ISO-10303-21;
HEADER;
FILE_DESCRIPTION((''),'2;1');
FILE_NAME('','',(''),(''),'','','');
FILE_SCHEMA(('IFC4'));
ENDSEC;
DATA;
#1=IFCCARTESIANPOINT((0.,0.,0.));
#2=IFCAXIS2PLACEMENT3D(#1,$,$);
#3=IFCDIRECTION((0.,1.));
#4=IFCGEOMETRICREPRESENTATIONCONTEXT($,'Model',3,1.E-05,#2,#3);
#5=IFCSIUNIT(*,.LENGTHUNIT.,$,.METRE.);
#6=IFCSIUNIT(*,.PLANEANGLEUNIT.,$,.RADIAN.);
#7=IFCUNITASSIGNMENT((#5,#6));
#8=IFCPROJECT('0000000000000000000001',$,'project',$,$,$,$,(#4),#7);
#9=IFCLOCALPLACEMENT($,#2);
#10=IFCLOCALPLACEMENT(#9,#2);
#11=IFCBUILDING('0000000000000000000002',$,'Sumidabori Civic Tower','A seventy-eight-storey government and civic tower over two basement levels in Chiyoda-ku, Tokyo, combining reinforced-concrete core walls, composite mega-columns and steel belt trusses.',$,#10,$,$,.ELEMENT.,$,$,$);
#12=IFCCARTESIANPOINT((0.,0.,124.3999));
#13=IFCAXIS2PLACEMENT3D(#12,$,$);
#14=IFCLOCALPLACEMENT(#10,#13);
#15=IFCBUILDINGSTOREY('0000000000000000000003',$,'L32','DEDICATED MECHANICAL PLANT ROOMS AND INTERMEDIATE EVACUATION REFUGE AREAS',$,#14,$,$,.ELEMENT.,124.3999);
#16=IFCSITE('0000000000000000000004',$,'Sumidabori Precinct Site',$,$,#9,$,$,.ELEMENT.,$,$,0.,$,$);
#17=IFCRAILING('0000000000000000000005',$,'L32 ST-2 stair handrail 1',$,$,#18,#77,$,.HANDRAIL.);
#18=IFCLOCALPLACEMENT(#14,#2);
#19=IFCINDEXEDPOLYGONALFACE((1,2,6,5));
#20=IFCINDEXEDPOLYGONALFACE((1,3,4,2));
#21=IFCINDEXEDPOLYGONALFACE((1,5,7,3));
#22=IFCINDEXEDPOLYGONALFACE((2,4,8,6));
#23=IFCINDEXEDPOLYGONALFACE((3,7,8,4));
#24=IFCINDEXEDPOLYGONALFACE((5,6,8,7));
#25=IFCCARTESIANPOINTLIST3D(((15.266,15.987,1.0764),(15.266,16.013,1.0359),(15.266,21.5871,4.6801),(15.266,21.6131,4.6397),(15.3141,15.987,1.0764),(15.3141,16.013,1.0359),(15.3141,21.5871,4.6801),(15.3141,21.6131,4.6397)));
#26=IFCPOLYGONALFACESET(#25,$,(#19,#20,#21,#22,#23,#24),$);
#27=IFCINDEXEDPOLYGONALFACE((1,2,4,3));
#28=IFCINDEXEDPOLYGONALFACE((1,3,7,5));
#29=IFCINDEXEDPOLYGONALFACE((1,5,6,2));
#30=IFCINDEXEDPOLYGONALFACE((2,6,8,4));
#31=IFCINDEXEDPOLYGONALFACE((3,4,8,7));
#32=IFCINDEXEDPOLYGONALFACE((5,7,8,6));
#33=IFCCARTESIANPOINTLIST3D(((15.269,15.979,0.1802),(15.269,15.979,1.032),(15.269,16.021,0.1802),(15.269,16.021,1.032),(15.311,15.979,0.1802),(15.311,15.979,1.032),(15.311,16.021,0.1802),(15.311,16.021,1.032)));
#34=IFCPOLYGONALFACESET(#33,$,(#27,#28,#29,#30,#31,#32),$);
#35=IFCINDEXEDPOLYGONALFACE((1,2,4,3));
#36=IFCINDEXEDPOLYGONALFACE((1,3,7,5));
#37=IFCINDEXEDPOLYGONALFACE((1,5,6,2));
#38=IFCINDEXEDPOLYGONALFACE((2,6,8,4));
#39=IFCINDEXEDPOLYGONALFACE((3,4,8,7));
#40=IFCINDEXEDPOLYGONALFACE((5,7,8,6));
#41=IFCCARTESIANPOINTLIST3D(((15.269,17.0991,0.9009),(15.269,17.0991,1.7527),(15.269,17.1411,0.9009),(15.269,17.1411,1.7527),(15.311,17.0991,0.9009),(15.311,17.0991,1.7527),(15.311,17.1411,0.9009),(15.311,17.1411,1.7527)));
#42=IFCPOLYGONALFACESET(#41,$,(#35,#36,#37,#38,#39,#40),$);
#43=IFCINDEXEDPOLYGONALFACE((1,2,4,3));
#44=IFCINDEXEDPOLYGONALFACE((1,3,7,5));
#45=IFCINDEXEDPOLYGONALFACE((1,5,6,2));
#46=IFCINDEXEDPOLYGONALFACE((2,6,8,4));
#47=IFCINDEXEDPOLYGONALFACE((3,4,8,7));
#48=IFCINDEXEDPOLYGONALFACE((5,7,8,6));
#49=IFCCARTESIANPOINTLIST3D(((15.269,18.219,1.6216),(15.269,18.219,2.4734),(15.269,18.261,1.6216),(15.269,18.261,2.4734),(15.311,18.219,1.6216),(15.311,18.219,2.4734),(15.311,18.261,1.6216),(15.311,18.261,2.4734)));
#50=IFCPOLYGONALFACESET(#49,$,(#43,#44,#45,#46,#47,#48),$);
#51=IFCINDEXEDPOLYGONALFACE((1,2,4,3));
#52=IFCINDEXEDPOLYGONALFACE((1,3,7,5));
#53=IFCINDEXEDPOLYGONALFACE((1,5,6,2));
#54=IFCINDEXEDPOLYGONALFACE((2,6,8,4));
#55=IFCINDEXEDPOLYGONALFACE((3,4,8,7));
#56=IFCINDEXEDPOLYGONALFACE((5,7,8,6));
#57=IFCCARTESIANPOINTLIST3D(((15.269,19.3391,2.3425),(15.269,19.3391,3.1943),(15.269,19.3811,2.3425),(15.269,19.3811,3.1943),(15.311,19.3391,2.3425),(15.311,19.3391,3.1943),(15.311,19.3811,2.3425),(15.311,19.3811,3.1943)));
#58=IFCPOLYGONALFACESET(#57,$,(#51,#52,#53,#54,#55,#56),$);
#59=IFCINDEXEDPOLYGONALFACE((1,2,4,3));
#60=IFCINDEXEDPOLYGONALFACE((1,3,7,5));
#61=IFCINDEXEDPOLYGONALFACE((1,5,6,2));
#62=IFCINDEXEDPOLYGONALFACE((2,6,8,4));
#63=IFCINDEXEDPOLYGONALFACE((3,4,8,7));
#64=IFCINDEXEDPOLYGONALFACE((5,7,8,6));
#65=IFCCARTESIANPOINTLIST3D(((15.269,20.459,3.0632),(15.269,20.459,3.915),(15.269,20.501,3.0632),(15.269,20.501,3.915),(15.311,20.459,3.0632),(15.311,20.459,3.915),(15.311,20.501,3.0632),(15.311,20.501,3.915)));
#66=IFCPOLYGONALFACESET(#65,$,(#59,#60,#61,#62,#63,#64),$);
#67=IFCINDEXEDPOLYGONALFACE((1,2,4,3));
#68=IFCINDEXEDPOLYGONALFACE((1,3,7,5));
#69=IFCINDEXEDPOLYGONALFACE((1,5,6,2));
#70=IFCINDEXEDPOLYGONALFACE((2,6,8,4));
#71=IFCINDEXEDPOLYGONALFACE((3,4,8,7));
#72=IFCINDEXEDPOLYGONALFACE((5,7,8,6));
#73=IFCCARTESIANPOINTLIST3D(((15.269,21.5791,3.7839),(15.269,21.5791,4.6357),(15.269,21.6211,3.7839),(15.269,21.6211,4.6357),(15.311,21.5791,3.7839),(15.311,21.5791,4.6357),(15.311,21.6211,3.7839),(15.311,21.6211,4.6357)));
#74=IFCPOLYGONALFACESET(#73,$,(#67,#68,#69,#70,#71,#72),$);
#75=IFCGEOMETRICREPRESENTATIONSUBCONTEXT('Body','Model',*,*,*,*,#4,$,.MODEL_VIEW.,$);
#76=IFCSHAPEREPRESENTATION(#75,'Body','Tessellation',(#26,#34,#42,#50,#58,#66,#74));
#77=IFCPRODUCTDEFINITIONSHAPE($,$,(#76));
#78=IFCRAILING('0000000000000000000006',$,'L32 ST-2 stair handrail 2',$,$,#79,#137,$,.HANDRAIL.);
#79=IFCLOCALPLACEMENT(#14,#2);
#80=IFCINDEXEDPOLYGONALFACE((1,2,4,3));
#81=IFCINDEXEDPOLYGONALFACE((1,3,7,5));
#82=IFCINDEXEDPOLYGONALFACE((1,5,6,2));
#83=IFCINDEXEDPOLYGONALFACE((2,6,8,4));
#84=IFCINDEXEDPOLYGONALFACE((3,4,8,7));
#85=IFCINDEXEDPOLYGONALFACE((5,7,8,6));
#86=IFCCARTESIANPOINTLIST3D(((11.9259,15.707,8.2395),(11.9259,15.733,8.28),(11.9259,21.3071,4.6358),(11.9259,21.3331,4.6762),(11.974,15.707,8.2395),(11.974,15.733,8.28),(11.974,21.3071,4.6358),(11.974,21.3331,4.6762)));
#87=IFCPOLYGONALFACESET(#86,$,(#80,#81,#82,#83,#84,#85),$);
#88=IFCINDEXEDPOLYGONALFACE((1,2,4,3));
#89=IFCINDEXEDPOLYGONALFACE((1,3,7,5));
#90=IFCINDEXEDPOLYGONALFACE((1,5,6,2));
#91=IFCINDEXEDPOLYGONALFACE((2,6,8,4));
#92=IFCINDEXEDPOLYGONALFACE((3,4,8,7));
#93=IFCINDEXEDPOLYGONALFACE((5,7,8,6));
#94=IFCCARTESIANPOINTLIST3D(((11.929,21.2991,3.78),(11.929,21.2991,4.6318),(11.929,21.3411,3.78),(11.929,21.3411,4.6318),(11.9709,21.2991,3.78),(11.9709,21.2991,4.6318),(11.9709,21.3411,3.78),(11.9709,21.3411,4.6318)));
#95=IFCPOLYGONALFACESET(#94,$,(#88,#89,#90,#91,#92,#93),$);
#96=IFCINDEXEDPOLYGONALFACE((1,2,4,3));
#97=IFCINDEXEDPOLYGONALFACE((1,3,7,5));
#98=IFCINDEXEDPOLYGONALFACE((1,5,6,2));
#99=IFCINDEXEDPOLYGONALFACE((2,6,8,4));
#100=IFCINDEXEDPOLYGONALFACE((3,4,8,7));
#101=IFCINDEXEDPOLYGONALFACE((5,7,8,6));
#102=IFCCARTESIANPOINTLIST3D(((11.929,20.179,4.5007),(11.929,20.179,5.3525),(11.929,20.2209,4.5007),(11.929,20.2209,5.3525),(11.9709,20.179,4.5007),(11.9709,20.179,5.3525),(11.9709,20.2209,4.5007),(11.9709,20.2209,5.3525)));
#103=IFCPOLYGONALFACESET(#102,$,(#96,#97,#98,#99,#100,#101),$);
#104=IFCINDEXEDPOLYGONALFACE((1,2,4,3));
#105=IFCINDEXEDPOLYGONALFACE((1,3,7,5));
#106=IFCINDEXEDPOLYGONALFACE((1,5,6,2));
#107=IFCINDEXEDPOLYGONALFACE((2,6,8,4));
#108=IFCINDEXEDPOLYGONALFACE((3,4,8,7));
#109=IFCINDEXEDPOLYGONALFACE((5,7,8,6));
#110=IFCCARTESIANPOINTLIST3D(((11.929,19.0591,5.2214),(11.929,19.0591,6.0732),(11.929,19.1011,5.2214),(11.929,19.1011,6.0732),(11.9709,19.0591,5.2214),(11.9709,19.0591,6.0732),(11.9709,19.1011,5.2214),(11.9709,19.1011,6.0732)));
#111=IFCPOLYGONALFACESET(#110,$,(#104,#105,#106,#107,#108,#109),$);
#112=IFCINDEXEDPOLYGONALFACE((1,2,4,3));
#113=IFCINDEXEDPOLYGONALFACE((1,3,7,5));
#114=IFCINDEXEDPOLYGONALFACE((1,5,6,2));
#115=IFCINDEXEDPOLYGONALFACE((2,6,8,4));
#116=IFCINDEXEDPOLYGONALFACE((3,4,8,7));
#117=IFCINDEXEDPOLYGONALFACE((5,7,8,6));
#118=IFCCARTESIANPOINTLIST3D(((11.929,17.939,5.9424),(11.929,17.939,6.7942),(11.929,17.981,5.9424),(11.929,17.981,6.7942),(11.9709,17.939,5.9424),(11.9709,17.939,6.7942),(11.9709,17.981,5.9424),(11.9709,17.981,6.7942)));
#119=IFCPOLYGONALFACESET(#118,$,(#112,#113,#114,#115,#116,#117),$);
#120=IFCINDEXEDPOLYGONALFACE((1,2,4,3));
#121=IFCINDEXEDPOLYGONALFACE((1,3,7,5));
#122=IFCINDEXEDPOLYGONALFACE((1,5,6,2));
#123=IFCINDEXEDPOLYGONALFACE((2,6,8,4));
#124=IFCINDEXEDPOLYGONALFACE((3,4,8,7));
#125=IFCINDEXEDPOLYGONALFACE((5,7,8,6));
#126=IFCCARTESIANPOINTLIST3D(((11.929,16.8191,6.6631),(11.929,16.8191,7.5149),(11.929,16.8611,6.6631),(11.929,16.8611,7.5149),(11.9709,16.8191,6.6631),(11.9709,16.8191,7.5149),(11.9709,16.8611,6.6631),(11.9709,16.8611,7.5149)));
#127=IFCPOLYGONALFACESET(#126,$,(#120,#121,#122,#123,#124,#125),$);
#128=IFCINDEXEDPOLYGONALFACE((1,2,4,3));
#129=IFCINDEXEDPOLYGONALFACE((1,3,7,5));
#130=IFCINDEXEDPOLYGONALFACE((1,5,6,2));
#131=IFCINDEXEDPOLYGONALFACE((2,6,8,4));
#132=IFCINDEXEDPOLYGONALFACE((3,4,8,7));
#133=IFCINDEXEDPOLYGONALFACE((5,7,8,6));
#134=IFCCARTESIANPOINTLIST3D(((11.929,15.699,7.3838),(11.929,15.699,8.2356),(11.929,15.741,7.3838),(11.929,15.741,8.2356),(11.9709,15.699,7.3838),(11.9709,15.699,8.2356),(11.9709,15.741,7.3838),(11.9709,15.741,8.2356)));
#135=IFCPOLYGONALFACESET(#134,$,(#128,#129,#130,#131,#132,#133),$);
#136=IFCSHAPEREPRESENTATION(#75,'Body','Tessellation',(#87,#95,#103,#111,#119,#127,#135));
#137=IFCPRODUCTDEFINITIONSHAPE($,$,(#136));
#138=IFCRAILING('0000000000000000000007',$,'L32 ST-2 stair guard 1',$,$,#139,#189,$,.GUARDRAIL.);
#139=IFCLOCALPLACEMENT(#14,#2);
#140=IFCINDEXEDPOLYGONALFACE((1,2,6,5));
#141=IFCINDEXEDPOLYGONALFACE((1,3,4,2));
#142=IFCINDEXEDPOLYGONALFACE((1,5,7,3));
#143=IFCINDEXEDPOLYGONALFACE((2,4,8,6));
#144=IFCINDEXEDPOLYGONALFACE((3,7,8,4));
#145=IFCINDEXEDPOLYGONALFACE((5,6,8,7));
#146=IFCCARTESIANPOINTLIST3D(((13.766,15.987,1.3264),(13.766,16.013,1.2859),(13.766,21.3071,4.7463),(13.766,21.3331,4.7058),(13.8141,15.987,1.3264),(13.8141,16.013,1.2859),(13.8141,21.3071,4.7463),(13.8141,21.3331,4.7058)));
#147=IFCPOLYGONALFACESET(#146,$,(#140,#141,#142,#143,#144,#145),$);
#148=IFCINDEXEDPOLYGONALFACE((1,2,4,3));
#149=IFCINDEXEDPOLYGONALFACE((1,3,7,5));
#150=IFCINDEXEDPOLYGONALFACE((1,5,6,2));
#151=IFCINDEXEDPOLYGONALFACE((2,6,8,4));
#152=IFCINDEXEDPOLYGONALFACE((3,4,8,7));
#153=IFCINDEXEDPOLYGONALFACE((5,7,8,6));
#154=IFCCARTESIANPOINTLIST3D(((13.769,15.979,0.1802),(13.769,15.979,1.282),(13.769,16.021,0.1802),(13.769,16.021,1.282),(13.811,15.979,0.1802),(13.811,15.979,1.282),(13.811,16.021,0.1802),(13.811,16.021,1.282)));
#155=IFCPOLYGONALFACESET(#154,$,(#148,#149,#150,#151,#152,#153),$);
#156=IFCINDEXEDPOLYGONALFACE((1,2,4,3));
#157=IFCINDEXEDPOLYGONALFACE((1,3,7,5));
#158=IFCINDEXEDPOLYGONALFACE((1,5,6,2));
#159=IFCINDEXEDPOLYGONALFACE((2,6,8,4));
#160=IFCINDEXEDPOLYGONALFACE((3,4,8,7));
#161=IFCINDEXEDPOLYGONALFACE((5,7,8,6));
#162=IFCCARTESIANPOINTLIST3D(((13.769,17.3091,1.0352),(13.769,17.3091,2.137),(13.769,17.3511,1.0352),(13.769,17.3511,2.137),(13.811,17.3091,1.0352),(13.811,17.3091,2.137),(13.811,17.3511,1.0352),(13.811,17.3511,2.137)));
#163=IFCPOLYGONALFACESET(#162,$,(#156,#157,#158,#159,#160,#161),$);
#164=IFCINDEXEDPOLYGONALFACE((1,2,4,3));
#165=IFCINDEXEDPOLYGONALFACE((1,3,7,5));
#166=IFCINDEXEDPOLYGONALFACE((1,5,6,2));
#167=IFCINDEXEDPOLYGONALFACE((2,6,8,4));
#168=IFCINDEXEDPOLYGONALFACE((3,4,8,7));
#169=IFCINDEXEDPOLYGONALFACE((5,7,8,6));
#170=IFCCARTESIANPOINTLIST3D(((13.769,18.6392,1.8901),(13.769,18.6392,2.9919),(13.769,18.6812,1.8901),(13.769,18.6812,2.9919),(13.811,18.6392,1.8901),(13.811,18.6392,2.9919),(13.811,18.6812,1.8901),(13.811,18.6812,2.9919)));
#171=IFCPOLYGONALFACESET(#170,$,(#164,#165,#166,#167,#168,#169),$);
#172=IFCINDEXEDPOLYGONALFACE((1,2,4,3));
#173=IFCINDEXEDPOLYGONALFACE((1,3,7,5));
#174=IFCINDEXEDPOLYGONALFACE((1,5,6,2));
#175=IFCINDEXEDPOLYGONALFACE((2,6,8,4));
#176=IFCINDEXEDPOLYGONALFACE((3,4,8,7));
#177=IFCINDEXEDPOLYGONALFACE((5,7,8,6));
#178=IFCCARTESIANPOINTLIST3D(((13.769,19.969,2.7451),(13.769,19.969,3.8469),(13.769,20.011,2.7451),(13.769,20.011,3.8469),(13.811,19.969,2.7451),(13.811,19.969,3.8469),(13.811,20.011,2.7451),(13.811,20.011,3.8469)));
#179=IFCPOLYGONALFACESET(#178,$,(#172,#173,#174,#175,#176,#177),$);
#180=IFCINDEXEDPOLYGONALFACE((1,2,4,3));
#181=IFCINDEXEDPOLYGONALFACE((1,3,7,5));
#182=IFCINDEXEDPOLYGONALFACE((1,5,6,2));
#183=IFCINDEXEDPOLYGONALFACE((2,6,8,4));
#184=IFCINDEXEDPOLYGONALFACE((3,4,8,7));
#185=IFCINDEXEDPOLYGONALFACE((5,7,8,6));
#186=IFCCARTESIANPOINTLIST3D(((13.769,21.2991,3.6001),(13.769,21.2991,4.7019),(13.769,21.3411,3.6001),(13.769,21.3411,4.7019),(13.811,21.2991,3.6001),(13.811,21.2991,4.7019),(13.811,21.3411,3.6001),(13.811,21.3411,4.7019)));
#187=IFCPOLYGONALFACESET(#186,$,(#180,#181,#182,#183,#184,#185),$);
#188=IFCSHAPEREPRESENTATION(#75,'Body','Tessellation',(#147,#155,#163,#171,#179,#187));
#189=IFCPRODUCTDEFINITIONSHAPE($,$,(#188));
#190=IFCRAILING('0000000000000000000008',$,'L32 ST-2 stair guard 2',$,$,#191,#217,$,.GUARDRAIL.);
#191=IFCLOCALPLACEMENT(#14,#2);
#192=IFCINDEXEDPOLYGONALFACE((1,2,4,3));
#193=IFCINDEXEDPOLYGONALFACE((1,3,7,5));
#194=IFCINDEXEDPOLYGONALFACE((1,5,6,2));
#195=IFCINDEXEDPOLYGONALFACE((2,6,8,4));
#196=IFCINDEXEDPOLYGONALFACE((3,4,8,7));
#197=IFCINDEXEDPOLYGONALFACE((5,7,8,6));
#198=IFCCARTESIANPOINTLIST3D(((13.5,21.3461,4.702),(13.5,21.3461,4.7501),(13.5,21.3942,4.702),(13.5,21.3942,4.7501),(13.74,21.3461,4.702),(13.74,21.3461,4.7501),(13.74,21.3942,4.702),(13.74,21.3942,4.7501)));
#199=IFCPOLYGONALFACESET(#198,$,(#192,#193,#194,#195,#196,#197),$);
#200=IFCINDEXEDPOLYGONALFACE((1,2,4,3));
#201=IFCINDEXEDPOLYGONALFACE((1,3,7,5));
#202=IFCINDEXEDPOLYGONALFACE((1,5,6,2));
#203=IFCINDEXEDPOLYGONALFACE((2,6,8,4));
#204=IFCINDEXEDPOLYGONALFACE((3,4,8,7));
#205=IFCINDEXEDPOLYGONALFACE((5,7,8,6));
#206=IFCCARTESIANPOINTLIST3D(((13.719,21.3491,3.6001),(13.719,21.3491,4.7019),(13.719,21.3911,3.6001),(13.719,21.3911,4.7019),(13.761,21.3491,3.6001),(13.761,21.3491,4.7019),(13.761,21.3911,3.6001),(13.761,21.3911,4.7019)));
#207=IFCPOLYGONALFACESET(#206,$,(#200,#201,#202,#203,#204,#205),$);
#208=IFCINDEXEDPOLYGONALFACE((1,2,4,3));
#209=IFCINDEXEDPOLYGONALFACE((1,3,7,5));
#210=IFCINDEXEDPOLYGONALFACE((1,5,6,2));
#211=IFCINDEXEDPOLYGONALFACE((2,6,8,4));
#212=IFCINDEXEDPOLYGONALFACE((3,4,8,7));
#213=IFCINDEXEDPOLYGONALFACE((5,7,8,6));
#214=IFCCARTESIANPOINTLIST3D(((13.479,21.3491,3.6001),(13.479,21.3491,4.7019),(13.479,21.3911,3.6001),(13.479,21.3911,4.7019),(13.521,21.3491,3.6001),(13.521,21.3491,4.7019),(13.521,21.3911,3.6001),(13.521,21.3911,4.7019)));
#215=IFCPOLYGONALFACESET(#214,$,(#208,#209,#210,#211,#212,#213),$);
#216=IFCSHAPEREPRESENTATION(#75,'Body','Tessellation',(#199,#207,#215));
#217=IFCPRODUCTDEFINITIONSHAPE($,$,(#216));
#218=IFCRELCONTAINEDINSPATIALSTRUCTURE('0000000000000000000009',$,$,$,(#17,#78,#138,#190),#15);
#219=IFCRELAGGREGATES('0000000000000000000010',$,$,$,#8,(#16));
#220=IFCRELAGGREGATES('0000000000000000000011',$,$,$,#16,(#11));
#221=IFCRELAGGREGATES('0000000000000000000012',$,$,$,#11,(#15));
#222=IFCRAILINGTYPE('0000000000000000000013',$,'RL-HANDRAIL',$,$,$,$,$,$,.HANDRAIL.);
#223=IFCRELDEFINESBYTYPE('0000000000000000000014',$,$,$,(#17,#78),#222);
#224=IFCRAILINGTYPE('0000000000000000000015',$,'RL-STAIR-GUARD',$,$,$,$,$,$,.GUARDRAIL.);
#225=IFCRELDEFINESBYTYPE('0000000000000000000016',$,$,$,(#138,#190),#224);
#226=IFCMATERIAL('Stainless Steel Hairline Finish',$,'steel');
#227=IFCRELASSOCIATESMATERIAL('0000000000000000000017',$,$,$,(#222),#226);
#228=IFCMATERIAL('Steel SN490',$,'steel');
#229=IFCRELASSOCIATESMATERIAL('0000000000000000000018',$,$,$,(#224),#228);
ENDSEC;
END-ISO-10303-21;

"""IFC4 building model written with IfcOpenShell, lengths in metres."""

from ifc_helpers import new_model, si_unit, direction, frame, origin, origin_2d, place, context, subcontext, project, spatial, rectangle, extrude, material, type_object, element, save


model = new_model("IFC4")

# Units and contexts
model_context = context("Model", 3, precision=1e-05, world=origin(), true_north=direction((0.0, 1.0)))
body_context = subcontext(model_context, "Body", "Model", "MODEL_VIEW")
ifc_project = project(units=[si_unit("LENGTHUNIT", "METRE"), si_unit("PLANEANGLEUNIT", "RADIAN")], contexts=[model_context])

# Site, building, storey
site_placement = place(None, origin())
site = spatial("IfcSite", under=ifc_project, at=site_placement, Name="Sumidabori Precinct Site", CompositionType="ELEMENT", RefElevation=0.0)
building_placement = place(site_placement, origin())
building = spatial("IfcBuilding", under=site, at=building_placement, Name="Sumidabori Civic Tower", Description="A seventy-eight-storey government and civic tower over two basement levels in Chiyoda-ku, Tokyo, combining reinforced-concrete core walls, composite mega-columns and steel belt trusses.", CompositionType="ELEMENT")
storey_placement = place(building_placement, frame((0.0, 0.0, 124.3999)))
storey = spatial("IfcBuildingStorey", under=building, at=storey_placement, Name="L32", Description="DEDICATED MECHANICAL PLANT ROOMS AND INTERMEDIATE EVACUATION REFUGE AREAS", CompositionType="ELEMENT", Elevation=124.3999)

# Shared definitions
ifc_material_1 = material(Name="Steel SN490", Category="steel")

# Shared definitions
ifc_material_2 = material(Name="Stainless Steel Hairline Finish", Category="steel")

# Railings
railing_type_1 = type_object("IfcRailingType", Name="RL-HANDRAIL", PredefinedType="HANDRAIL", material=ifc_material_2)
railing_1_placement = place(storey_placement, frame((15.29, 16.0, 0.1802)))
element("IfcRailing", 1, at=railing_1_placement, inside=storey, type_object=railing_type_1, Name="L32 ST-2 stair handrail 1", PredefinedType="HANDRAIL", context=body_context, shape_type="SweptSolid", body=[
    extrude(rectangle(XDim=0.0481, YDim=0.0481, at=origin_2d()), frame((0.0, 0.0, 0.876), z_axis=(0.0, 0.840926, 0.54115), x_axis=(-1.0, 0.0, 0.0)), (0.0, 0.0, 1.0), 6.6594),
    extrude(rectangle(XDim=0.042, YDim=0.042, at=origin_2d()), origin(), (0.0, 0.0, 1.0), 0.8518),
    extrude(rectangle(XDim=0.042, YDim=0.042, at=origin_2d()), frame((0.0, 1.1201, 0.7207)), (0.0, 0.0, 1.0), 0.8518),
    extrude(rectangle(XDim=0.042, YDim=0.042, at=origin_2d()), frame((0.0, 2.24, 1.4414)), (0.0, 0.0, 1.0), 0.8518),
    extrude(rectangle(XDim=0.042, YDim=0.042, at=origin_2d()), frame((0.0, 3.3601, 2.1624)), (0.0, 0.0, 1.0), 0.8518),
    extrude(rectangle(XDim=0.042, YDim=0.042, at=origin_2d()), frame((0.0, 4.48, 2.8831)), (0.0, 0.0, 1.0), 0.8518),
    extrude(rectangle(XDim=0.042, YDim=0.042, at=origin_2d()), frame((0.0, 5.6001, 3.6038)), (0.0, 0.0, 1.0), 0.8518),
])
railing_2_placement = place(storey_placement, frame((11.95, 21.3201, 3.78)))
element("IfcRailing", 2, at=railing_2_placement, inside=storey, type_object=railing_type_1, Name="L32 ST-2 stair handrail 2", PredefinedType="HANDRAIL", context=body_context, shape_type="SweptSolid", body=[
    extrude(rectangle(XDim=0.0481, YDim=0.0481, at=origin_2d()), frame((0.0, 0.0, 0.876), z_axis=(0.0, -0.840926, 0.54115), x_axis=(1.0, 0.0, 0.0)), (0.0, 0.0, 1.0), 6.6594),
    extrude(rectangle(XDim=0.042, YDim=0.042, at=origin_2d()), origin(), (0.0, 0.0, 1.0), 0.8518),
    extrude(rectangle(XDim=0.042, YDim=0.042, at=origin_2d()), frame((0.0, -1.1201, 0.7207)), (0.0, 0.0, 1.0), 0.8518),
    extrude(rectangle(XDim=0.042, YDim=0.042, at=origin_2d()), frame((0.0, -2.24, 1.4414)), (0.0, 0.0, 1.0), 0.8518),
    extrude(rectangle(XDim=0.042, YDim=0.042, at=origin_2d()), frame((0.0, -3.3601, 2.1624)), (0.0, 0.0, 1.0), 0.8518),
    extrude(rectangle(XDim=0.042, YDim=0.042, at=origin_2d()), frame((0.0, -4.48, 2.8831)), (0.0, 0.0, 1.0), 0.8518),
    extrude(rectangle(XDim=0.042, YDim=0.042, at=origin_2d()), frame((0.0, -5.6001, 3.6038)), (0.0, 0.0, 1.0), 0.8518),
])
railing_type_2 = type_object("IfcRailingType", Name="RL-STAIR-GUARD", PredefinedType="GUARDRAIL", material=ifc_material_1)
railing_3_placement = place(storey_placement, frame((13.79, 16.0, 0.1802)))
element("IfcRailing", 3, at=railing_3_placement, inside=storey, type_object=railing_type_2, Name="L32 ST-2 stair guard 1", PredefinedType="GUARDRAIL", context=body_context, shape_type="SweptSolid", body=[
    extrude(rectangle(XDim=0.0481, YDim=0.0481, at=origin_2d()), frame((0.0, 0.0, 1.126), z_axis=(0.0, 0.841187, 0.540744), x_axis=(-1.0, 0.0, 0.0)), (0.0, 0.0, 1.0), 6.3245),
    extrude(rectangle(XDim=0.042, YDim=0.042, at=origin_2d()), origin(), (0.0, 0.0, 1.0), 1.1018),
    extrude(rectangle(XDim=0.042, YDim=0.042, at=origin_2d()), frame((0.0, 1.3301, 0.855)), (0.0, 0.0, 1.0), 1.1018),
    extrude(rectangle(XDim=0.042, YDim=0.042, at=origin_2d()), frame((0.0, 2.6602, 1.71)), (0.0, 0.0, 1.0), 1.1018),
    extrude(rectangle(XDim=0.042, YDim=0.042, at=origin_2d()), frame((0.0, 3.99, 2.5649)), (0.0, 0.0, 1.0), 1.1018),
    extrude(rectangle(XDim=0.042, YDim=0.042, at=origin_2d()), frame((0.0, 5.3201, 3.4199)), (0.0, 0.0, 1.0), 1.1018),
])
railing_4_placement = place(storey_placement, frame((13.74, 21.3701, 3.6001)))
element("IfcRailing", 4, at=railing_4_placement, inside=storey, type_object=railing_type_2, Name="L32 ST-2 stair guard 2", PredefinedType="GUARDRAIL", context=body_context, shape_type="SweptSolid", body=[
    extrude(rectangle(XDim=0.0481, YDim=0.0481, at=origin_2d()), frame((0.0, 0.0, 1.126), z_axis=(-1.0, 0.0, 0.0), x_axis=(0.0, -1.0, 0.0)), (0.0, 0.0, 1.0), 0.24),
    extrude(rectangle(XDim=0.042, YDim=0.042, at=origin_2d()), origin(), (0.0, 0.0, 1.0), 1.1018),
    extrude(rectangle(XDim=0.042, YDim=0.042, at=origin_2d()), frame((-0.24, 0.0, 0.0)), (0.0, 0.0, 1.0), 1.1018),
])

save(model, "model.ifc")
